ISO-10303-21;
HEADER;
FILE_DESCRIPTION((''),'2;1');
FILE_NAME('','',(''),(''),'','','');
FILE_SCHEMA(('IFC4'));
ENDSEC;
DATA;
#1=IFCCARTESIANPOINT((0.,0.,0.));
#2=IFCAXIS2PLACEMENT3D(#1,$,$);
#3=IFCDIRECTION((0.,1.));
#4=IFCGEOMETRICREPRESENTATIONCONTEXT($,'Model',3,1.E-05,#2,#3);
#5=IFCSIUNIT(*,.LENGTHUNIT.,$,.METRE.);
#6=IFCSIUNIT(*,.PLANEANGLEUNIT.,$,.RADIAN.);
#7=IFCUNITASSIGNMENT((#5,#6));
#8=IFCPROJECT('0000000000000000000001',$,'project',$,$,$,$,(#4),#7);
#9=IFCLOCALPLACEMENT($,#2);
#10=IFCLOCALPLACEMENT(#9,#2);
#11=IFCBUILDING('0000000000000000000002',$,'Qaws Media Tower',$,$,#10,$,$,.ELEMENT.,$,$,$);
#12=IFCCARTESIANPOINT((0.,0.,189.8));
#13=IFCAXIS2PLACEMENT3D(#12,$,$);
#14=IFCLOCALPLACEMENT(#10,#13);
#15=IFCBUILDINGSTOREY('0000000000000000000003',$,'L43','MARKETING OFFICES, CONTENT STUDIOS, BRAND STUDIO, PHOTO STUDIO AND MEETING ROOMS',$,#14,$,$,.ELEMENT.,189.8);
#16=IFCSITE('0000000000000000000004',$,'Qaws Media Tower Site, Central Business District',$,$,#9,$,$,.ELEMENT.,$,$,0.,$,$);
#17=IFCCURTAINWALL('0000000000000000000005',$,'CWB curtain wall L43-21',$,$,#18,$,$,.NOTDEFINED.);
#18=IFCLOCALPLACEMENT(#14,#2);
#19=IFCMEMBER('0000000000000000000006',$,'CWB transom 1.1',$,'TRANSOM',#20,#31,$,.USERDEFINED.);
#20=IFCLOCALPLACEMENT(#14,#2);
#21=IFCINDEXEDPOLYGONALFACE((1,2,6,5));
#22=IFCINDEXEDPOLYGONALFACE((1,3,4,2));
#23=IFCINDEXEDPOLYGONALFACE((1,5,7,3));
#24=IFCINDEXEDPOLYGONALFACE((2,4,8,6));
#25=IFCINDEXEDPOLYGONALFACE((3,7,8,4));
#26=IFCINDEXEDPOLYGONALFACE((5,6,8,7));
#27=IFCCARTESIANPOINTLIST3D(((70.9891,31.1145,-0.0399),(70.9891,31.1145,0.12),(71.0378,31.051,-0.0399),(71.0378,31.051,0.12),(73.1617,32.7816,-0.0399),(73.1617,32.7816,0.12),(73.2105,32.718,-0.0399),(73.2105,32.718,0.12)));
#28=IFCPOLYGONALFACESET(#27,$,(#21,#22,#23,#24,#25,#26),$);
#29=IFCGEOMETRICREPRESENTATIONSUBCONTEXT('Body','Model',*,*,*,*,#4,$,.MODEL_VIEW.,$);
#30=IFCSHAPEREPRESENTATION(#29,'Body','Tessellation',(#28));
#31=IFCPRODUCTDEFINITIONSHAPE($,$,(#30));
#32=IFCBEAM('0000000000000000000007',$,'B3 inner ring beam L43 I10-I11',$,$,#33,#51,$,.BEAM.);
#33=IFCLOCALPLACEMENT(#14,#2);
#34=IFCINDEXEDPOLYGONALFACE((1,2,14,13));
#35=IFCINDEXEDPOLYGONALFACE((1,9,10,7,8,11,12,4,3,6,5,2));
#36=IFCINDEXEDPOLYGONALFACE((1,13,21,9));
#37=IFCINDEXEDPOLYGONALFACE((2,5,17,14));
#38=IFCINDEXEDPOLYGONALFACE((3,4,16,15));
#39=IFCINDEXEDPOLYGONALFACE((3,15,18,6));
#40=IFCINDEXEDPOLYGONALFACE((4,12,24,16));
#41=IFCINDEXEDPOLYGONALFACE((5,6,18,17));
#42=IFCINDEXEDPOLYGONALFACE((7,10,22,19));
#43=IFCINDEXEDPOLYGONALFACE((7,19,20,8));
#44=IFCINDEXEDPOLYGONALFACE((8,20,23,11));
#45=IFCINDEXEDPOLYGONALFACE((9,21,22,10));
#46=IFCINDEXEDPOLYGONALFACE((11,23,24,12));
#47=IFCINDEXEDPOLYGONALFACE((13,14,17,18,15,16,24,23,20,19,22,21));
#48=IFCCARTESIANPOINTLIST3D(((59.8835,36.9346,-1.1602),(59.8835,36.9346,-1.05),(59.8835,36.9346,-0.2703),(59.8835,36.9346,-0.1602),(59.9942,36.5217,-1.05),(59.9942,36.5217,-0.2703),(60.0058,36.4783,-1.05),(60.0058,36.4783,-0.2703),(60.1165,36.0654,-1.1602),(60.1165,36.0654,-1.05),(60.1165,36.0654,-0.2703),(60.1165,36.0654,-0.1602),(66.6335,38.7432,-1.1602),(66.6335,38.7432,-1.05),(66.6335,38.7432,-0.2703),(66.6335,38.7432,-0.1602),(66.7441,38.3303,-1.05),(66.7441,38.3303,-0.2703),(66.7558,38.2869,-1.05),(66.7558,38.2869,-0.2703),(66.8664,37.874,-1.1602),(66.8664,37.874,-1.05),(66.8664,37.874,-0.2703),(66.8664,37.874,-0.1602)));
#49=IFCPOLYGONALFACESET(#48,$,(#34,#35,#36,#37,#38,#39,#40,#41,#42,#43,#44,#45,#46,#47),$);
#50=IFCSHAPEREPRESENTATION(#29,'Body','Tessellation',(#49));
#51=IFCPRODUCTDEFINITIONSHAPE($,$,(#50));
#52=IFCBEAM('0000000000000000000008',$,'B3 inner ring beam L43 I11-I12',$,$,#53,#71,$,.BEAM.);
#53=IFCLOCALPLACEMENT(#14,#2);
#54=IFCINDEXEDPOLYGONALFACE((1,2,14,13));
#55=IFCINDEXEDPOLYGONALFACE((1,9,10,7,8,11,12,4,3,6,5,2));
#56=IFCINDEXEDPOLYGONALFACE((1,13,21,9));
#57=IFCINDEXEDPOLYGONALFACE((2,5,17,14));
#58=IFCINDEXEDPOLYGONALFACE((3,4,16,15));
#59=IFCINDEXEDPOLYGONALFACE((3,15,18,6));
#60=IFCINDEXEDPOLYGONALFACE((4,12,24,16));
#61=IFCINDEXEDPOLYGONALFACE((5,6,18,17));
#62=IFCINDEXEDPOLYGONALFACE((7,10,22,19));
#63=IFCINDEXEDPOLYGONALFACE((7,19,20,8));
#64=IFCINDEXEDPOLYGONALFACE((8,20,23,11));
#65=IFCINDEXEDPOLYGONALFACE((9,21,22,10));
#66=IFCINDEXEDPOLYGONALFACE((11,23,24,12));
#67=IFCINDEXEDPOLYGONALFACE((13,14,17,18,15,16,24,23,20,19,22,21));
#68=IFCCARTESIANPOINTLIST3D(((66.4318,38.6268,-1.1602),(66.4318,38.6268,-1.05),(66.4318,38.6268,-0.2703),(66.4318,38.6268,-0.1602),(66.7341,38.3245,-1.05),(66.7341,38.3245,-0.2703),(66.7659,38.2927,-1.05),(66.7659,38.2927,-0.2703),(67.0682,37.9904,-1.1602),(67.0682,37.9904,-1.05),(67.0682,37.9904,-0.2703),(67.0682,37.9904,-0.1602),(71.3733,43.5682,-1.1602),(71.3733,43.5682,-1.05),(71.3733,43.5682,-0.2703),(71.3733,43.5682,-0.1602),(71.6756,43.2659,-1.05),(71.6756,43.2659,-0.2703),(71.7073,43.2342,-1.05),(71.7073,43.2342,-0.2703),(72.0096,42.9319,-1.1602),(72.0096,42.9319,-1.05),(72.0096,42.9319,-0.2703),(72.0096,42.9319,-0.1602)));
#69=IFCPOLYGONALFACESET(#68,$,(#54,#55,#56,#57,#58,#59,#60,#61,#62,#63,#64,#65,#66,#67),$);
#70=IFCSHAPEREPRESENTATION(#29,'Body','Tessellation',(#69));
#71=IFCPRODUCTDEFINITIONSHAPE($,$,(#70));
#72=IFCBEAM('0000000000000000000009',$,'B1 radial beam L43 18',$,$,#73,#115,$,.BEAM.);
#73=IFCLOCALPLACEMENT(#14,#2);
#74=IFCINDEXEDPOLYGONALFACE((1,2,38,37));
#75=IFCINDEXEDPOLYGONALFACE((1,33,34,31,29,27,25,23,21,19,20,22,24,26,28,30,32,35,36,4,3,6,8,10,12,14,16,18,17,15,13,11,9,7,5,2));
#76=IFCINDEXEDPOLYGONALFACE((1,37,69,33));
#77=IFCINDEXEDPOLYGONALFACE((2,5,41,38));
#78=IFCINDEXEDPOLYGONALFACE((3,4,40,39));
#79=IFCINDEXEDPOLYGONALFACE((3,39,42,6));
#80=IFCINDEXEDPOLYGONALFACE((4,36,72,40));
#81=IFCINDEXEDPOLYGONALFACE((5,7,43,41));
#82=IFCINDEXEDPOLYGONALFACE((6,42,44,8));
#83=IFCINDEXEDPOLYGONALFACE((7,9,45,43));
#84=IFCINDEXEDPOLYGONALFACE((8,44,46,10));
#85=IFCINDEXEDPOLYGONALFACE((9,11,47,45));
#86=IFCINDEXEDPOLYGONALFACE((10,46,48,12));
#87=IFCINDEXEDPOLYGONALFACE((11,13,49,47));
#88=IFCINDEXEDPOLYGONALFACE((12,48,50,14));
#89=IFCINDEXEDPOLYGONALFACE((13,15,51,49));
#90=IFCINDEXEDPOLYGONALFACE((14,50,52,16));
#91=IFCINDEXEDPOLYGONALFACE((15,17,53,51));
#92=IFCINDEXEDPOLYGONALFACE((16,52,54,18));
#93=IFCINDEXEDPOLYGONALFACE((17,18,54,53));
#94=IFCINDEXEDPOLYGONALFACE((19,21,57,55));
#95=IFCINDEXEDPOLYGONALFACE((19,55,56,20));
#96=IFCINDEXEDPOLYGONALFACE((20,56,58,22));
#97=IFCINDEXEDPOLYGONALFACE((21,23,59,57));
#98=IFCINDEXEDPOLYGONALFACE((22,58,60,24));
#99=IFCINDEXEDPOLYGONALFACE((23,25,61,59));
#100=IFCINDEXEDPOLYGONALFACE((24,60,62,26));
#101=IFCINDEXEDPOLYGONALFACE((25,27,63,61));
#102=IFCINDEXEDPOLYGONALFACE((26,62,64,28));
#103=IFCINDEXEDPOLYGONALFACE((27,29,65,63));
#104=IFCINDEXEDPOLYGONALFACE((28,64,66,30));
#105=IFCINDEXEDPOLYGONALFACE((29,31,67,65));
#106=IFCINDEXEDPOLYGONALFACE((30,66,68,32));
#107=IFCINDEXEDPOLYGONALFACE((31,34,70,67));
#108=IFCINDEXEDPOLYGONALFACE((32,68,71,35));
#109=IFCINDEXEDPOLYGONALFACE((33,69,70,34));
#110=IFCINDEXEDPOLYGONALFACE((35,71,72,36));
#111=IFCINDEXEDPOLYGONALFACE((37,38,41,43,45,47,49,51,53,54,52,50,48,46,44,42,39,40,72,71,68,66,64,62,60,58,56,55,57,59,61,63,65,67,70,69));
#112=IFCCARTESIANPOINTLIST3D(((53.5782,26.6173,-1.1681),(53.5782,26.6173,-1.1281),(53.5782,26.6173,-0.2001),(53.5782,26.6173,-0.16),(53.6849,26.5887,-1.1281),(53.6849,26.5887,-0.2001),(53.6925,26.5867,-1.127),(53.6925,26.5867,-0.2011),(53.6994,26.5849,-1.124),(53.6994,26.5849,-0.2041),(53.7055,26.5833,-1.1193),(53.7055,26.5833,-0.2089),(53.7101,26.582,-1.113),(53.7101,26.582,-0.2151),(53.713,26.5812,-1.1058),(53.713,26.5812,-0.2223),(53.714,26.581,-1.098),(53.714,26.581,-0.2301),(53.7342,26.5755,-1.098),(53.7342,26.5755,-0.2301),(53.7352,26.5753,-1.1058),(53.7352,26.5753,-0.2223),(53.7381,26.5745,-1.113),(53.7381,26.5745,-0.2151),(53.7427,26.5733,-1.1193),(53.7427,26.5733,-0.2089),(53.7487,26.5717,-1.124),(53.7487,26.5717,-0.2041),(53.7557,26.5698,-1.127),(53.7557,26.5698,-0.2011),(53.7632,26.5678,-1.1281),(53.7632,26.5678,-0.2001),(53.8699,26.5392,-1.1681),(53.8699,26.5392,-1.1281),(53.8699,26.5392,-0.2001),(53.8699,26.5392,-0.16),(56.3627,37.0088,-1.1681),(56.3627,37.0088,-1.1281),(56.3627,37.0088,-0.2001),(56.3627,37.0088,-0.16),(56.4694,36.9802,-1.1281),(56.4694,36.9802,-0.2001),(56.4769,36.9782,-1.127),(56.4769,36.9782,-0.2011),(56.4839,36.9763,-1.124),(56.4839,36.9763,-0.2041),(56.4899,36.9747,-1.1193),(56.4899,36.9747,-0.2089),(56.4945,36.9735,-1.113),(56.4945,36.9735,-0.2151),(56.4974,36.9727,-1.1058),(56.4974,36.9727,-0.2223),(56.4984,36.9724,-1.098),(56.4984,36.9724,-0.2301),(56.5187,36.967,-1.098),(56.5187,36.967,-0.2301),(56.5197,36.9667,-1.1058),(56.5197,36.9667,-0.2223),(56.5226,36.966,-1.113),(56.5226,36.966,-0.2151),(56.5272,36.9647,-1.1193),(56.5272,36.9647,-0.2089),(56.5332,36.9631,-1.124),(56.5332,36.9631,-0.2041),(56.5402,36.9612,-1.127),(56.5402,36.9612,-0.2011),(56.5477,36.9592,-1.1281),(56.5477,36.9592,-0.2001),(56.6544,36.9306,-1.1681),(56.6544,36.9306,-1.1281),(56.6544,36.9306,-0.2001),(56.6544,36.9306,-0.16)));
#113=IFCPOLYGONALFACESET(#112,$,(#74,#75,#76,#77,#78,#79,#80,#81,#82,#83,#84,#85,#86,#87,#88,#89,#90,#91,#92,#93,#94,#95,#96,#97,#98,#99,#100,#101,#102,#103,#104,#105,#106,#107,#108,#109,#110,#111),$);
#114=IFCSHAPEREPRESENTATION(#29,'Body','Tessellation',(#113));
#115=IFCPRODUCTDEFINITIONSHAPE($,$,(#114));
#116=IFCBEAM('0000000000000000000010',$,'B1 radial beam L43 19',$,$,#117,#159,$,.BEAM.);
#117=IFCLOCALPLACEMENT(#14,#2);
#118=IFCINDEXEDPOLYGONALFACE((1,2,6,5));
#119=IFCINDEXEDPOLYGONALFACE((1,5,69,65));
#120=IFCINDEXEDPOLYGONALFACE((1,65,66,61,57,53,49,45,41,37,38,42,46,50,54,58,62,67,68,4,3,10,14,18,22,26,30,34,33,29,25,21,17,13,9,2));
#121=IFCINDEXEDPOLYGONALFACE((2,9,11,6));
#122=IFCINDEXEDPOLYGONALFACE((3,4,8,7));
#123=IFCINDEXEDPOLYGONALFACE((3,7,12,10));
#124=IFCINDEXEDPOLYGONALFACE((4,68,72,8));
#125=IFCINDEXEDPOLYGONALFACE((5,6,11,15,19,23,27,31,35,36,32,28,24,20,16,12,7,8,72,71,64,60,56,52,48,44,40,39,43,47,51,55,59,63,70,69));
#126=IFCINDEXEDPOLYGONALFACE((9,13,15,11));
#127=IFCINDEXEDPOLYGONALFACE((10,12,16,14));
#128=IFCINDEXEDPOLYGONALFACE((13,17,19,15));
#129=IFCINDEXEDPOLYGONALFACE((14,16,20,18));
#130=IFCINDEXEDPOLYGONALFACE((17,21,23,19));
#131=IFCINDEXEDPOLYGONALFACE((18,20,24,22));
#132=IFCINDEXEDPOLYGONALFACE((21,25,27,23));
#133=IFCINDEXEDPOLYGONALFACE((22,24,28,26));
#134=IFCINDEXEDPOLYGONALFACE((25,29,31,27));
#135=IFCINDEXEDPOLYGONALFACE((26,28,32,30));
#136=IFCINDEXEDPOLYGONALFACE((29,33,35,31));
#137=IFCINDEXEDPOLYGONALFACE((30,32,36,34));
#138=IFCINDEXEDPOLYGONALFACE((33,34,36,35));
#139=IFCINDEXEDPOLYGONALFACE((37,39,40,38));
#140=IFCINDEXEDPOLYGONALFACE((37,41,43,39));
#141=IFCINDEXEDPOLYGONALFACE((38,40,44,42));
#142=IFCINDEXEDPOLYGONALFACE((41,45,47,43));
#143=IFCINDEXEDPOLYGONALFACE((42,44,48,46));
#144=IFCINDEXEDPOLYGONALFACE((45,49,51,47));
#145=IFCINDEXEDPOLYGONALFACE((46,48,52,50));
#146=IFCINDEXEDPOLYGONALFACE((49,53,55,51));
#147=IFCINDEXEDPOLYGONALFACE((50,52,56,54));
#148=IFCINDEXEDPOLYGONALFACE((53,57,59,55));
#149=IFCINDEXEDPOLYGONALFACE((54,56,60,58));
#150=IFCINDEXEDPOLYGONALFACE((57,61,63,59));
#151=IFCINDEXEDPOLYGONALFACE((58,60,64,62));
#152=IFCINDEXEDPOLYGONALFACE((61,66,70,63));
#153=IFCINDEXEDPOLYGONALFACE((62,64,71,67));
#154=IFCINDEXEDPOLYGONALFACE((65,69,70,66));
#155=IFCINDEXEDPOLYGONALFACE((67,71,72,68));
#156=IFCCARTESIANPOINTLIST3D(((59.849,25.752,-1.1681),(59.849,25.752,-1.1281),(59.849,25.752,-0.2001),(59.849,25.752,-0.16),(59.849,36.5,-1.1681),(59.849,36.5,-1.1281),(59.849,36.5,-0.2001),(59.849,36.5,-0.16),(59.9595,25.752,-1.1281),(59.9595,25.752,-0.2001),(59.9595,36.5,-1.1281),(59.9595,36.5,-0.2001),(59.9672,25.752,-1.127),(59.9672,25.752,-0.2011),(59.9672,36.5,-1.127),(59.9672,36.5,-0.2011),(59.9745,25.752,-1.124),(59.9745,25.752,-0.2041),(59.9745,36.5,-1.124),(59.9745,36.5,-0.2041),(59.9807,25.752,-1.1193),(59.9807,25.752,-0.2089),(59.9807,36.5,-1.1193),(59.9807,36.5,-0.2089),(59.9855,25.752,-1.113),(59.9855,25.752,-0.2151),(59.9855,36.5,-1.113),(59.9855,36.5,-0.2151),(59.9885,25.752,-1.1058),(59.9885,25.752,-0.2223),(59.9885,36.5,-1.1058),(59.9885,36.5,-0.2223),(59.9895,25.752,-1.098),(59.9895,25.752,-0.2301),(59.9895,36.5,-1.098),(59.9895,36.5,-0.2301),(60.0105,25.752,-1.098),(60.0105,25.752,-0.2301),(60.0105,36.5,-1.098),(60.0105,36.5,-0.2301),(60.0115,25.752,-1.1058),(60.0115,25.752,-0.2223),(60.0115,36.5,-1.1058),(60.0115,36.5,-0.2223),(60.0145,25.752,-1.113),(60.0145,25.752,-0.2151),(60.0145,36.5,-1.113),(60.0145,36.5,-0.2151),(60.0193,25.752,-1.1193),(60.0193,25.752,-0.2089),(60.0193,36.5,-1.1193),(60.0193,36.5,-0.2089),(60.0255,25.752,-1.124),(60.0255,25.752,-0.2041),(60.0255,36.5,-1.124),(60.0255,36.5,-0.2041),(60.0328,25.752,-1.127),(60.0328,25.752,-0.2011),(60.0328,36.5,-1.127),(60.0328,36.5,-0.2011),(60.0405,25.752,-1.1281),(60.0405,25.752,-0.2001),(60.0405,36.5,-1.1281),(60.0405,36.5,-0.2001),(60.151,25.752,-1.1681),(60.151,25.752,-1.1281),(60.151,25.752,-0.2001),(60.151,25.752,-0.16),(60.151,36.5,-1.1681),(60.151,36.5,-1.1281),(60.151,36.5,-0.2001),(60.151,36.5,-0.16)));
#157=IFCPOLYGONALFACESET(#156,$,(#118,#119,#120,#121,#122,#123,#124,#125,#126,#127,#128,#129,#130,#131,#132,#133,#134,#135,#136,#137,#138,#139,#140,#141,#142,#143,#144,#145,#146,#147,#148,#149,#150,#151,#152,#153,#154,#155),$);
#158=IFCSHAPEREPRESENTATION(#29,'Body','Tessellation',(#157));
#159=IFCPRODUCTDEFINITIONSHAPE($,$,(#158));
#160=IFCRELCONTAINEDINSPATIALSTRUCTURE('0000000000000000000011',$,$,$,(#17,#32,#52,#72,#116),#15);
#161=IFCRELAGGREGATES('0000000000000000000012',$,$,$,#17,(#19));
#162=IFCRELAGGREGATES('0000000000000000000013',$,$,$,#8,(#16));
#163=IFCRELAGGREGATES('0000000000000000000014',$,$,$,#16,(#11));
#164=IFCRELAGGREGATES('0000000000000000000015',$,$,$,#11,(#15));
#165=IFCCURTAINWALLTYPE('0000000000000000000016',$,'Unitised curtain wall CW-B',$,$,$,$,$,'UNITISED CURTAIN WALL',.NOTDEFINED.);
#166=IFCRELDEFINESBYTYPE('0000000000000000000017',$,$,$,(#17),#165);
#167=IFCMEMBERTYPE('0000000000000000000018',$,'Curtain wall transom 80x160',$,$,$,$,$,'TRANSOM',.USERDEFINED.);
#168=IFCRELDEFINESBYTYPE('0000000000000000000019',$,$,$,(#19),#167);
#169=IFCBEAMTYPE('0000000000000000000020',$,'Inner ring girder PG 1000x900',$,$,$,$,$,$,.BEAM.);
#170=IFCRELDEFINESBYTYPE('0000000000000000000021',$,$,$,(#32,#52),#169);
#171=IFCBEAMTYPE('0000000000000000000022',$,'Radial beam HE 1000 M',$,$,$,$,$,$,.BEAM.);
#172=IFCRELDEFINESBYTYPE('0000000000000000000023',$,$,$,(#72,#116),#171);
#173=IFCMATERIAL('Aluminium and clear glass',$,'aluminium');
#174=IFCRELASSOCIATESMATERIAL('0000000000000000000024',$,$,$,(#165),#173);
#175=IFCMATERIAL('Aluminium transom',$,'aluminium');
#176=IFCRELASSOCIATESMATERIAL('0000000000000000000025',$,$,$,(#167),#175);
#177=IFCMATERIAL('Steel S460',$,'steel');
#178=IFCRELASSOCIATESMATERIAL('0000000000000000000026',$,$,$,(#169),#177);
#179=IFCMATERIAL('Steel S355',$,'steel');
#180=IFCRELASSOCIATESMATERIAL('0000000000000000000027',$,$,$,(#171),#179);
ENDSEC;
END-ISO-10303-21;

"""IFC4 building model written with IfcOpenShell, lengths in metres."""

from ifc_helpers import new_model, si_unit, direction, frame, origin, origin_2d, place, context, subcontext, project, spatial, rectangle, i_section, extrude, material, material_profile, profile_set, type_object, element, aggregate, save


model = new_model("IFC4")

# Units and contexts
model_context = context("Model", 3, precision=1e-05, world=origin(), true_north=direction((0.0, 1.0)))
body_context = subcontext(model_context, "Body", "Model", "MODEL_VIEW")
ifc_project = project(units=[si_unit("LENGTHUNIT", "METRE"), si_unit("PLANEANGLEUNIT", "RADIAN")], contexts=[model_context])

# Site, building, storey
site_placement = place(None, origin())
site = spatial("IfcSite", under=ifc_project, at=site_placement, Name="Qaws Media Tower Site, Central Business District", CompositionType="ELEMENT", RefElevation=0.0)
building_placement = place(site_placement, origin())
building = spatial("IfcBuilding", under=site, at=building_placement, Name="Qaws Media Tower", CompositionType="ELEMENT")
storey_placement = place(building_placement, frame((0.0, 0.0, 189.8)))
storey = spatial("IfcBuildingStorey", under=building, at=storey_placement, Name="L43", Description="MARKETING OFFICES, CONTENT STUDIOS, BRAND STUDIO, PHOTO STUDIO AND MEETING ROOMS", CompositionType="ELEMENT", Elevation=189.8)

# Curtain wall, member
ifc_material_1 = material(Name="Aluminium and clear glass", Category="aluminium")
curtain_wall_type = type_object("IfcCurtainWallType", Name="Unitised curtain wall CW-B", ElementType="UNITISED CURTAIN WALL", PredefinedType="NOTDEFINED", material=ifc_material_1)
curtain_wall_placement = place(storey_placement, origin())
curtain_wall = element("IfcCurtainWall", 1, at=curtain_wall_placement, inside=storey, type_object=curtain_wall_type, Name="CWB curtain wall L43-21", PredefinedType="NOTDEFINED")
ifc_material_2 = material(Name="Aluminium transom", Category="aluminium")
ifc_material_profile_1 = material_profile(ifc_material_2, rectangle(XDim=0.0801, YDim=0.1599, at=origin_2d()), Name="80x160")
ifc_profile_set_1 = profile_set([ifc_material_profile_1], Name="Aluminium transom")
member_type = type_object("IfcMemberType", Name="Curtain wall transom 80x160", ElementType="TRANSOM", PredefinedType="USERDEFINED", material=ifc_profile_set_1)
member_placement = place(storey_placement, frame((71.0134, 31.0828, 0.04), z_axis=(0.793372, 0.608737, 0.0), x_axis=(-0.608737, 0.793372, 0.0)))
member = element("IfcMember", 2, at=member_placement, type_object=member_type, Name="CWB transom 1.1", ObjectType="TRANSOM", PredefinedType="USERDEFINED", context=body_context, shape_type="SweptSolid", body=[
    extrude(rectangle(XDim=0.0801, YDim=0.1599, at=origin_2d()), origin(), (0.0, 0.0, 1.0), 2.7385),
])
aggregate(curtain_wall, [member])

# Beams
ifc_material_3 = material(Name="Steel S460", Category="steel")
ifc_material_profile_2 = material_profile(ifc_material_3, i_section(OverallWidth=0.8999, OverallDepth=1.0, WebThickness=0.0449, FlangeThickness=0.1101, at=origin_2d()), Name="PG 1000x900")
ifc_profile_set_2 = profile_set([ifc_material_profile_2], Name="Steel S460")
beam_type_1 = type_object("IfcBeamType", Name="Inner ring girder PG 1000x900", PredefinedType="BEAM", material=ifc_profile_set_2)
beam_1_placement = place(storey_placement, frame((60.0, 36.5, -0.6602), z_axis=(0.965928, 0.258811, 0.0), x_axis=(-0.258811, 0.965928, 0.0)))
element("IfcBeam", 3, at=beam_1_placement, inside=storey, type_object=beam_type_1, Name="B3 inner ring beam L43 I10-I11", PredefinedType="BEAM", context=body_context, shape_type="SweptSolid", body=[
    extrude(i_section(OverallWidth=0.8999, OverallDepth=1.0, WebThickness=0.0449, FlangeThickness=0.1101, at=origin_2d()), origin(), (0.0, 0.0, 1.0), 6.988),
])
beam_2_placement = place(storey_placement, frame((66.75, 38.3086, -0.6602), z_axis=(0.707107, 0.707107, 0.0), x_axis=(-0.707107, 0.707107, 0.0)))
element("IfcBeam", 4, at=beam_2_placement, inside=storey, type_object=beam_type_1, Name="B3 inner ring beam L43 I11-I12", PredefinedType="BEAM", context=body_context, shape_type="SweptSolid", body=[
    extrude(i_section(OverallWidth=0.8999, OverallDepth=1.0, WebThickness=0.0449, FlangeThickness=0.1101, at=origin_2d()), origin(), (0.0, 0.0, 1.0), 6.9883),
])
ifc_material_4 = material(Name="Steel S355", Category="steel")
ifc_material_profile_3 = material_profile(ifc_material_4, i_section(OverallWidth=0.302, OverallDepth=1.0081, WebThickness=0.021, FlangeThickness=0.04, FilletRadius=0.03, at=origin_2d()), Name="HE 1000 M")
ifc_profile_set_3 = profile_set([ifc_material_profile_3], Name="Steel S355")
beam_type_2 = type_object("IfcBeamType", Name="Radial beam HE 1000 M", PredefinedType="BEAM", material=ifc_profile_set_3)
beam_3_placement = place(storey_placement, frame((56.5085, 36.9697, -0.6641), z_axis=(-0.258825, -0.965924, 0.0), x_axis=(0.965924, -0.258825, 0.0)))
element("IfcBeam", 5, at=beam_3_placement, inside=storey, type_object=beam_type_2, Name="B1 radial beam L43 18", PredefinedType="BEAM", context=body_context, shape_type="SweptSolid", body=[
    extrude(i_section(OverallWidth=0.302, OverallDepth=1.0081, WebThickness=0.021, FlangeThickness=0.04, FilletRadius=0.03, at=origin_2d()), origin(), (0.0, 0.0, 1.0), 10.7581),
])
beam_4_placement = place(storey_placement, frame((60.0, 36.5, -0.6641), z_axis=(0.0, -1.0, 0.0), x_axis=(1.0, 0.0, 0.0)))
element("IfcBeam", 6, at=beam_4_placement, inside=storey, type_object=beam_type_2, Name="B1 radial beam L43 19", PredefinedType="BEAM", context=body_context, shape_type="SweptSolid", body=[
    extrude(i_section(OverallWidth=0.302, OverallDepth=1.0081, WebThickness=0.021, FlangeThickness=0.04, FilletRadius=0.03, at=origin_2d()), origin(), (0.0, 0.0, 1.0), 10.748),
])

save(model, "model.ifc")
